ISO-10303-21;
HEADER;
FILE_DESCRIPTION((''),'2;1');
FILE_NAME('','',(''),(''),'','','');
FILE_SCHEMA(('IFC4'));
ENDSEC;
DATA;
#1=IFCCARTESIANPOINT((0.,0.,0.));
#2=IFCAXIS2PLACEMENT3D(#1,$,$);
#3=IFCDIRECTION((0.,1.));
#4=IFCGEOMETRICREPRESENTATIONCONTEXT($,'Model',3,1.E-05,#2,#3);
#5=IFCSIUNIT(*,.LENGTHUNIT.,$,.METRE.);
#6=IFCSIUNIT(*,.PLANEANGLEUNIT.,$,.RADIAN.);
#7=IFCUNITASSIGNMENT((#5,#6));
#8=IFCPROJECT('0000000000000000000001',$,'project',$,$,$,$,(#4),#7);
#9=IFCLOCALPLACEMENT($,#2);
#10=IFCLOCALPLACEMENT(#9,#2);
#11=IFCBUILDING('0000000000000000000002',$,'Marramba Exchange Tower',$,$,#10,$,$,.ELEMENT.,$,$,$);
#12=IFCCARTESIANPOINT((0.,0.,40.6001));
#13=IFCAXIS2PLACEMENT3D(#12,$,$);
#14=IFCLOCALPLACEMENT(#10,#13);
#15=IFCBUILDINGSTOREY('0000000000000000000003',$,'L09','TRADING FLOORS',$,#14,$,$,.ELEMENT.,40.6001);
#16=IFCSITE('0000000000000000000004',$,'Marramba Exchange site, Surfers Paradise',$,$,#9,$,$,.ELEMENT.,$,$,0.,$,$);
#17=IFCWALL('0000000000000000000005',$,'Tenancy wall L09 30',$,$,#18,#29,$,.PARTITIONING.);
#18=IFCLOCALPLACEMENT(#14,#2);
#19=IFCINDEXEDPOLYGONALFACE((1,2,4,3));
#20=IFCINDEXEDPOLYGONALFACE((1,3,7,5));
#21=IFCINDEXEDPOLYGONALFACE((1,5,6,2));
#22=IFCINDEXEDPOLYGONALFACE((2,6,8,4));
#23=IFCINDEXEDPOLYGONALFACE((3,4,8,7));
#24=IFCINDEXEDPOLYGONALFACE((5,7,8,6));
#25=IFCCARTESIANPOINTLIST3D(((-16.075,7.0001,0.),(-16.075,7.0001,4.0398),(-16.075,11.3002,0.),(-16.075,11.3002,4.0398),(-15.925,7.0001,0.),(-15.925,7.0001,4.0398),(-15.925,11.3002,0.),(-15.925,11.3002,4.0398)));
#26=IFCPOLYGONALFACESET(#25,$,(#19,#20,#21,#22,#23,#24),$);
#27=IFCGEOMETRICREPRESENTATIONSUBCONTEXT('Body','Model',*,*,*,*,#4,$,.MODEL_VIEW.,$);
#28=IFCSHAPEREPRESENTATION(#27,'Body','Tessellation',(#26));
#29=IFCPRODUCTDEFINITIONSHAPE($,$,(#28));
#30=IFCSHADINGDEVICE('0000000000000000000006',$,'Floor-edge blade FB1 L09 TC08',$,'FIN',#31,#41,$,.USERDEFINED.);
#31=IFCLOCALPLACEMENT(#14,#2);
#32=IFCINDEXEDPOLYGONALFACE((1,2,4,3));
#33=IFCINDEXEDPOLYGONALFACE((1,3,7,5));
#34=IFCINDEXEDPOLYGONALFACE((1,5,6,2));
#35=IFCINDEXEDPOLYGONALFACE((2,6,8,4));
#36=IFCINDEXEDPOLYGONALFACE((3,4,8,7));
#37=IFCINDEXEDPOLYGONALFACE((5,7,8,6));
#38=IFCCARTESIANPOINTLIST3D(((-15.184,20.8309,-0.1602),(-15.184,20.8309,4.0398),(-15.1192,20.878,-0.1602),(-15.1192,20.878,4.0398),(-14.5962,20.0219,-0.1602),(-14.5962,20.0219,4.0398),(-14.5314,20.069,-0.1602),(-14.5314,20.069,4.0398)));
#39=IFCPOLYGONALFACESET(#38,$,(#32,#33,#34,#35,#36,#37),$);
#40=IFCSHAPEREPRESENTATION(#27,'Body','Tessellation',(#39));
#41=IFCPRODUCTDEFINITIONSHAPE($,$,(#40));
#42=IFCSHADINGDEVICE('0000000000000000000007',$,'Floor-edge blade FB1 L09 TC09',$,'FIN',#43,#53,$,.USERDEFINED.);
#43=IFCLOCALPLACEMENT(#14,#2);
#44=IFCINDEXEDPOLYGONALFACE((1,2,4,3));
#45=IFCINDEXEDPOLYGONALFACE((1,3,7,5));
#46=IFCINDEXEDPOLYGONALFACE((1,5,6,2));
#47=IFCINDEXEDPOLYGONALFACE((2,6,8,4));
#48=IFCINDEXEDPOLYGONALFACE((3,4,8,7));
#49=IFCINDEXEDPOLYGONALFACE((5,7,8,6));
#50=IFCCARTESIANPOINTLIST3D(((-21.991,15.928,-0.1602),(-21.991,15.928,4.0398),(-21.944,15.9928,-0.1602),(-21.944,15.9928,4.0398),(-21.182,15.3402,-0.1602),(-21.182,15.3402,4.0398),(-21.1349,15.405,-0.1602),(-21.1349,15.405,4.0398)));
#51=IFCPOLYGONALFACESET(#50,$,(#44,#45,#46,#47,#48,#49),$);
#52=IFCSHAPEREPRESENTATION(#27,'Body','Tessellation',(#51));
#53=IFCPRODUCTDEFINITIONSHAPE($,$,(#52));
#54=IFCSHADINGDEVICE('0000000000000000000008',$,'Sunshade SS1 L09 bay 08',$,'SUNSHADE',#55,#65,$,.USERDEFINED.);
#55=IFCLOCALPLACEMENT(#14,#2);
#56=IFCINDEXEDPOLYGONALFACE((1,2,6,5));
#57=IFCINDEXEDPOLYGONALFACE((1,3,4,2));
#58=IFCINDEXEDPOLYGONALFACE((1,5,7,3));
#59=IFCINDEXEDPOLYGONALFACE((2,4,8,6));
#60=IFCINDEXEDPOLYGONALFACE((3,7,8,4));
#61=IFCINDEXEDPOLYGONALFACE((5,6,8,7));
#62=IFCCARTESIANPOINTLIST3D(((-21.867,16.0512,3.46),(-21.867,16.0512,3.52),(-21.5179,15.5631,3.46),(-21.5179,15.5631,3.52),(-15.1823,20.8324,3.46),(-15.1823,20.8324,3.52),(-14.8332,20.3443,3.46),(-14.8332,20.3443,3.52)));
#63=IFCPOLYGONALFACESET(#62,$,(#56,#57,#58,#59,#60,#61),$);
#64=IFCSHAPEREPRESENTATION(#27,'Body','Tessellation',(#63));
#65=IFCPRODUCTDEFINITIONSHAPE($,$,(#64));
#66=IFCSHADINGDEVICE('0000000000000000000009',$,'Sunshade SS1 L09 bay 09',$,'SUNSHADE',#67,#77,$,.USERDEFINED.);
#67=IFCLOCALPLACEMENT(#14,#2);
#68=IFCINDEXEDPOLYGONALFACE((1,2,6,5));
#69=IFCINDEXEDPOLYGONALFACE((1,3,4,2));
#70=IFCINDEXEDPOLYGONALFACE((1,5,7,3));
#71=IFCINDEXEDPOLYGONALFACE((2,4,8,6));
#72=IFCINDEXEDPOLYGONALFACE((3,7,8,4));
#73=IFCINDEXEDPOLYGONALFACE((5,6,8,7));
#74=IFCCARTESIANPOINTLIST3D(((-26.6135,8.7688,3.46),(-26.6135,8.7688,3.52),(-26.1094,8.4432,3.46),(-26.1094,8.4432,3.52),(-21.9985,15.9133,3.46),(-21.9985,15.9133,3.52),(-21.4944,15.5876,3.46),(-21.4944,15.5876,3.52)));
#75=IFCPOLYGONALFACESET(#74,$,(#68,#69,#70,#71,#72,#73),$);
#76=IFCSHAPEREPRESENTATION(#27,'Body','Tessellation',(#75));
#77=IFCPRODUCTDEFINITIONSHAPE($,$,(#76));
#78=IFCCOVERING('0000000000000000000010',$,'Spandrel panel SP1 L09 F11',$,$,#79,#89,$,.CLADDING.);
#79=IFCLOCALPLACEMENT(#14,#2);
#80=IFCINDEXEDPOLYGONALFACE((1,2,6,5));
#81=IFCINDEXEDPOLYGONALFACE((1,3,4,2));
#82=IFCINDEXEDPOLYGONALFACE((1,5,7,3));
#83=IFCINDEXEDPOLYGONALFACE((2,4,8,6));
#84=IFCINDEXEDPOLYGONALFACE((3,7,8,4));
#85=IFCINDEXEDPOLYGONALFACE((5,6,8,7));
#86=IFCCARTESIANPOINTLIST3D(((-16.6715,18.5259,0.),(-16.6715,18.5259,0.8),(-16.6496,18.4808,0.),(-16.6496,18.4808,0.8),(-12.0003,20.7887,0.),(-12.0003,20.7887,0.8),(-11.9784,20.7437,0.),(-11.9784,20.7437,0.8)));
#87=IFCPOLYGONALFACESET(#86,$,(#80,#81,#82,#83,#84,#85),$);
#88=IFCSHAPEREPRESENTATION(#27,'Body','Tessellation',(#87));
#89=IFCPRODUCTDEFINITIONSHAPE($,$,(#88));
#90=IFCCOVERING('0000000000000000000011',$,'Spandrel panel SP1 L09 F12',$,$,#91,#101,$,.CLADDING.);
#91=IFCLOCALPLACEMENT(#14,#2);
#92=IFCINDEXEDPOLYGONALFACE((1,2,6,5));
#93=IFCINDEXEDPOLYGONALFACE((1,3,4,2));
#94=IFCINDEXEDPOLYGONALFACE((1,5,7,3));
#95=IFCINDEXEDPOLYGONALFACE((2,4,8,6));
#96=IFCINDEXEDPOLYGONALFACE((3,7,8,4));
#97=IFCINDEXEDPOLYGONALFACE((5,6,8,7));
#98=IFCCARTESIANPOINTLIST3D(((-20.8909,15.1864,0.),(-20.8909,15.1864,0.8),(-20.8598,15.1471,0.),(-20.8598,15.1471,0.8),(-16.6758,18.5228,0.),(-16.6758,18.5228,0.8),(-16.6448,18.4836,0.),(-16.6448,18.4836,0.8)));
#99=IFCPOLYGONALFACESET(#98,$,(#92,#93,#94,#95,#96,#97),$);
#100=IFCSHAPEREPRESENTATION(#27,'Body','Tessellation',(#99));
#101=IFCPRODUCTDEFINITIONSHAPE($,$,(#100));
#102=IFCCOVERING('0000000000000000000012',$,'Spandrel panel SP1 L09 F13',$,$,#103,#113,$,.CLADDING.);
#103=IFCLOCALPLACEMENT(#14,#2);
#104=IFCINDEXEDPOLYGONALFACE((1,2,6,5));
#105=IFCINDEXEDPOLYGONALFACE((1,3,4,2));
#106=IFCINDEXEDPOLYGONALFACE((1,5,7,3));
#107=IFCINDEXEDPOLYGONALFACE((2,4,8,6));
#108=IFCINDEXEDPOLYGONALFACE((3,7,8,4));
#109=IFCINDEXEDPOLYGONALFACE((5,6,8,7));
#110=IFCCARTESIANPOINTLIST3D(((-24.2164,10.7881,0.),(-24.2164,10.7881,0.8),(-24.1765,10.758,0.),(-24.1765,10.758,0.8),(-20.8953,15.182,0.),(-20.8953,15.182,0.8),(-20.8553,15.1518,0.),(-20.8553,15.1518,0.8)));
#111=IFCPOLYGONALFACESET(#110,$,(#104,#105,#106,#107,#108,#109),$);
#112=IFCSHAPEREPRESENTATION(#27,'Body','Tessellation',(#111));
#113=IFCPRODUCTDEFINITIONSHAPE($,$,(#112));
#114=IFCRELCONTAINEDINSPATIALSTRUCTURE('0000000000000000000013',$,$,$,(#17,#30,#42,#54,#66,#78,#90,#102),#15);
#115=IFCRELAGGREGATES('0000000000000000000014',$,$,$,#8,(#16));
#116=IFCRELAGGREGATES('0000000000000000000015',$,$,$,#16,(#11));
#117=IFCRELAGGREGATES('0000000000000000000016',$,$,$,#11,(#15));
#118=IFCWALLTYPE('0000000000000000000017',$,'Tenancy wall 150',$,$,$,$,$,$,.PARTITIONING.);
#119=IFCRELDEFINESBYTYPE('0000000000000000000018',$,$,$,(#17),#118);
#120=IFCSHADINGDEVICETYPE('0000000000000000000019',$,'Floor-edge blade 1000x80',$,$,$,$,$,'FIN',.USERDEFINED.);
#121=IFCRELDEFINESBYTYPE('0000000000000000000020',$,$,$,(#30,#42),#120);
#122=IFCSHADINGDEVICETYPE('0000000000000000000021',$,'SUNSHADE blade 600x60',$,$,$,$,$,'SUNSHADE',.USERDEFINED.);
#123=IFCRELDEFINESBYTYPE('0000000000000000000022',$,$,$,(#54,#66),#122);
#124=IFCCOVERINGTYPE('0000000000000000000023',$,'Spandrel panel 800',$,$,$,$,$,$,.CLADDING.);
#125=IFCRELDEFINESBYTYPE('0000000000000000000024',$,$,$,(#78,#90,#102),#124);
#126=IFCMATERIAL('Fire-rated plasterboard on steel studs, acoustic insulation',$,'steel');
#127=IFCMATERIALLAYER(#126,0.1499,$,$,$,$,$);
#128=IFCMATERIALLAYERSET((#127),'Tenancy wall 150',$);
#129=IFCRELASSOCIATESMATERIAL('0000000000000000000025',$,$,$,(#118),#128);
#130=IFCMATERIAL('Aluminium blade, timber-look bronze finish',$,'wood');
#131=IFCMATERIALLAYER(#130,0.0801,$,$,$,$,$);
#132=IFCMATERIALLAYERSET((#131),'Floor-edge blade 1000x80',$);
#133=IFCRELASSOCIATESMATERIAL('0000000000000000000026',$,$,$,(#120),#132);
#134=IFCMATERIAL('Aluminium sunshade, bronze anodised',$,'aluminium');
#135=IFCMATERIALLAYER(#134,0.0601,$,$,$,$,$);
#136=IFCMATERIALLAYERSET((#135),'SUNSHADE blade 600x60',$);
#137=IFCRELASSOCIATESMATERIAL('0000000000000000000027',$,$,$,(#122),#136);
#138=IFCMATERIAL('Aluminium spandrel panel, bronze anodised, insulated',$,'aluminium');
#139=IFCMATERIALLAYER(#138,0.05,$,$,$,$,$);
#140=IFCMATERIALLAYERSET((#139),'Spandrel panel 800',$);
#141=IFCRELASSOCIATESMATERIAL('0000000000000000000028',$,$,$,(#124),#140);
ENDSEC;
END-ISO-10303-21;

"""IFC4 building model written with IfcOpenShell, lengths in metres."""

from ifc_helpers import new_model, si_unit, direction, frame, frame_2d, origin, origin_2d, place, context, subcontext, project, spatial, rectangle, extrude, material, layer, layer_set, type_object, element, save


model = new_model("IFC4")

# Units and contexts
model_context = context("Model", 3, precision=1e-05, world=origin(), true_north=direction((0.0, 1.0)))
body_context = subcontext(model_context, "Body", "Model", "MODEL_VIEW")
ifc_project = project(units=[si_unit("LENGTHUNIT", "METRE"), si_unit("PLANEANGLEUNIT", "RADIAN")], contexts=[model_context])

# Site, building, storey
site_placement = place(None, origin())
site = spatial("IfcSite", under=ifc_project, at=site_placement, Name="Marramba Exchange site, Surfers Paradise", CompositionType="ELEMENT", RefElevation=0.0)
building_placement = place(site_placement, origin())
building = spatial("IfcBuilding", under=site, at=building_placement, Name="Marramba Exchange Tower", CompositionType="ELEMENT")
storey_placement = place(building_placement, frame((0.0, 0.0, 40.6001)))
storey = spatial("IfcBuildingStorey", under=building, at=storey_placement, Name="L09", Description="TRADING FLOORS", CompositionType="ELEMENT", Elevation=40.6001)

# Wall
ifc_material_1 = material(Name="Fire-rated plasterboard on steel studs, acoustic insulation", Category="steel")
ifc_layer_1 = layer(ifc_material_1, 0.1499)
ifc_layer_set_1 = layer_set([ifc_layer_1], Name="Tenancy wall 150")
wall_type_1 = type_object("IfcWallType", Name="Tenancy wall 150", PredefinedType="PARTITIONING", material=ifc_layer_set_1)
wall_1_placement = place(storey_placement, frame((-16.0, 11.3, 0.0), z_axis=(0.0, 0.0, 1.0), x_axis=(0.0, -1.0, 0.0)))
element("IfcWall", 1, at=wall_1_placement, inside=storey, type_object=wall_type_1, Name="Tenancy wall L09 30", PredefinedType="PARTITIONING", context=body_context, shape_type="SweptSolid", body=[
    extrude(rectangle(XDim=4.3, YDim=0.1499, at=frame_2d((2.1499, 0.0))), origin(), (0.0, 0.0, 1.0), 4.0398),
])

# Shading devices
ifc_material_2 = material(Name="Aluminium blade, timber-look bronze finish", Category="wood")
ifc_layer_2 = layer(ifc_material_2, 0.0801)
ifc_layer_set_2 = layer_set([ifc_layer_2], Name="Floor-edge blade 1000x80")
shading_device_type_1 = type_object("IfcShadingDeviceType", Name="Floor-edge blade 1000x80", ElementType="FIN", PredefinedType="USERDEFINED", material=ifc_layer_set_2)
for number, where, z_axis, x_axis, name in (
    (2, (-14.8577, 20.45, -0.1602), (0.0, 0.0, 1.0), (-0.587785, 0.809017, 0.0), "Floor-edge blade FB1 L09 TC08"),
    (3, (-21.563, 15.6665, -0.1602), (0.0, 0.0, 1.0), (-0.809017, 0.587785, 0.0), "Floor-edge blade FB1 L09 TC09"),
):
    element("IfcShadingDevice", number, at=place(storey_placement, frame(where, z_axis=z_axis, x_axis=x_axis)), inside=storey, type_object=shading_device_type_1, Name=name, ObjectType="FIN", PredefinedType="USERDEFINED", context=body_context, shape_type="SweptSolid", body=[
        extrude(rectangle(XDim=1.0, YDim=0.0801, at=origin_2d()), origin(), (0.0, 0.0, 1.0), 4.2),
    ])
ifc_material_3 = material(Name="Aluminium sunshade, bronze anodised", Category="aluminium")
ifc_layer_3 = layer(ifc_material_3, 0.0601)
ifc_layer_set_3 = layer_set([ifc_layer_3], Name="SUNSHADE blade 600x60")
shading_device_type_2 = type_object("IfcShadingDeviceType", Name="SUNSHADE blade 600x60", ElementType="SUNSHADE", PredefinedType="USERDEFINED", material=ifc_layer_set_3)
shading_device_1_placement = place(storey_placement, frame((-18.3501, 18.1978, 3.46), z_axis=(0.0, 0.0, 1.0), x_axis=(-0.813363, -0.581757, 0.0)))
element("IfcShadingDevice", 4, at=shading_device_1_placement, inside=storey, type_object=shading_device_type_2, Name="Sunshade SS1 L09 bay 08", ObjectType="SUNSHADE", PredefinedType="USERDEFINED", context=body_context, shape_type="SweptSolid", body=[
    extrude(rectangle(XDim=8.2185, YDim=0.6001, at=origin_2d()), origin(), (0.0, 0.0, 1.0), 0.0601),
])
shading_device_2_placement = place(storey_placement, frame((-24.054, 12.1782, 3.46), z_axis=(0.0, 0.0, 1.0), x_axis=(-0.542597, -0.839993, 0.0)))
element("IfcShadingDevice", 5, at=shading_device_2_placement, inside=storey, type_object=shading_device_type_2, Name="Sunshade SS1 L09 bay 09", ObjectType="SUNSHADE", PredefinedType="USERDEFINED", context=body_context, shape_type="SweptSolid", body=[
    extrude(rectangle(XDim=8.5054, YDim=0.6001, at=origin_2d()), origin(), (0.0, 0.0, 1.0), 0.0601),
])

# Coverings
ifc_material_4 = material(Name="Aluminium spandrel panel, bronze anodised, insulated", Category="aluminium")
ifc_layer_4 = layer(ifc_material_4, 0.05)
ifc_layer_set_4 = layer_set([ifc_layer_4], Name="Spandrel panel 800")
covering_type = type_object("IfcCoveringType", Name="Spandrel panel 800", PredefinedType="CLADDING", material=ifc_layer_set_4)
covering_1_placement = place(storey_placement, frame((-14.325, 19.6348, 0.0), z_axis=(0.0, 0.0, 1.0), x_axis=(-0.899963, -0.435965, 0.0)))
element("IfcCovering", 6, at=covering_1_placement, inside=storey, type_object=covering_type, Name="Spandrel panel SP1 L09 F11", PredefinedType="CLADDING", context=body_context, shape_type="SweptSolid", body=[
    extrude(rectangle(XDim=5.1904, YDim=0.05, at=origin_2d()), origin(), (0.0, 0.0, 1.0), 0.8),
])
covering_2_placement = place(storey_placement, frame((-18.7678, 16.835, 0.0), z_axis=(0.0, 0.0, 1.0), x_axis=(-0.784088, -0.62065, 0.0)))
element("IfcCovering", 7, at=covering_2_placement, inside=storey, type_object=covering_type, Name="Spandrel panel SP1 L09 F12", PredefinedType="CLADDING", context=body_context, shape_type="SweptSolid", body=[
    extrude(rectangle(XDim=5.3757, YDim=0.05, at=origin_2d()), origin(), (0.0, 0.0, 1.0), 0.8),
])
covering_3_placement = place(storey_placement, frame((-22.5359, 12.97, 0.0), z_axis=(0.0, 0.0, 1.0), x_axis=(-0.60299, -0.797749, 0.0)))
element("IfcCovering", 8, at=covering_3_placement, inside=storey, type_object=covering_type, Name="Spandrel panel SP1 L09 F13", PredefinedType="CLADDING", context=body_context, shape_type="SweptSolid", body=[
    extrude(rectangle(XDim=5.5078, YDim=0.05, at=origin_2d()), origin(), (0.0, 0.0, 1.0), 0.8),
])

save(model, "model.ifc")
